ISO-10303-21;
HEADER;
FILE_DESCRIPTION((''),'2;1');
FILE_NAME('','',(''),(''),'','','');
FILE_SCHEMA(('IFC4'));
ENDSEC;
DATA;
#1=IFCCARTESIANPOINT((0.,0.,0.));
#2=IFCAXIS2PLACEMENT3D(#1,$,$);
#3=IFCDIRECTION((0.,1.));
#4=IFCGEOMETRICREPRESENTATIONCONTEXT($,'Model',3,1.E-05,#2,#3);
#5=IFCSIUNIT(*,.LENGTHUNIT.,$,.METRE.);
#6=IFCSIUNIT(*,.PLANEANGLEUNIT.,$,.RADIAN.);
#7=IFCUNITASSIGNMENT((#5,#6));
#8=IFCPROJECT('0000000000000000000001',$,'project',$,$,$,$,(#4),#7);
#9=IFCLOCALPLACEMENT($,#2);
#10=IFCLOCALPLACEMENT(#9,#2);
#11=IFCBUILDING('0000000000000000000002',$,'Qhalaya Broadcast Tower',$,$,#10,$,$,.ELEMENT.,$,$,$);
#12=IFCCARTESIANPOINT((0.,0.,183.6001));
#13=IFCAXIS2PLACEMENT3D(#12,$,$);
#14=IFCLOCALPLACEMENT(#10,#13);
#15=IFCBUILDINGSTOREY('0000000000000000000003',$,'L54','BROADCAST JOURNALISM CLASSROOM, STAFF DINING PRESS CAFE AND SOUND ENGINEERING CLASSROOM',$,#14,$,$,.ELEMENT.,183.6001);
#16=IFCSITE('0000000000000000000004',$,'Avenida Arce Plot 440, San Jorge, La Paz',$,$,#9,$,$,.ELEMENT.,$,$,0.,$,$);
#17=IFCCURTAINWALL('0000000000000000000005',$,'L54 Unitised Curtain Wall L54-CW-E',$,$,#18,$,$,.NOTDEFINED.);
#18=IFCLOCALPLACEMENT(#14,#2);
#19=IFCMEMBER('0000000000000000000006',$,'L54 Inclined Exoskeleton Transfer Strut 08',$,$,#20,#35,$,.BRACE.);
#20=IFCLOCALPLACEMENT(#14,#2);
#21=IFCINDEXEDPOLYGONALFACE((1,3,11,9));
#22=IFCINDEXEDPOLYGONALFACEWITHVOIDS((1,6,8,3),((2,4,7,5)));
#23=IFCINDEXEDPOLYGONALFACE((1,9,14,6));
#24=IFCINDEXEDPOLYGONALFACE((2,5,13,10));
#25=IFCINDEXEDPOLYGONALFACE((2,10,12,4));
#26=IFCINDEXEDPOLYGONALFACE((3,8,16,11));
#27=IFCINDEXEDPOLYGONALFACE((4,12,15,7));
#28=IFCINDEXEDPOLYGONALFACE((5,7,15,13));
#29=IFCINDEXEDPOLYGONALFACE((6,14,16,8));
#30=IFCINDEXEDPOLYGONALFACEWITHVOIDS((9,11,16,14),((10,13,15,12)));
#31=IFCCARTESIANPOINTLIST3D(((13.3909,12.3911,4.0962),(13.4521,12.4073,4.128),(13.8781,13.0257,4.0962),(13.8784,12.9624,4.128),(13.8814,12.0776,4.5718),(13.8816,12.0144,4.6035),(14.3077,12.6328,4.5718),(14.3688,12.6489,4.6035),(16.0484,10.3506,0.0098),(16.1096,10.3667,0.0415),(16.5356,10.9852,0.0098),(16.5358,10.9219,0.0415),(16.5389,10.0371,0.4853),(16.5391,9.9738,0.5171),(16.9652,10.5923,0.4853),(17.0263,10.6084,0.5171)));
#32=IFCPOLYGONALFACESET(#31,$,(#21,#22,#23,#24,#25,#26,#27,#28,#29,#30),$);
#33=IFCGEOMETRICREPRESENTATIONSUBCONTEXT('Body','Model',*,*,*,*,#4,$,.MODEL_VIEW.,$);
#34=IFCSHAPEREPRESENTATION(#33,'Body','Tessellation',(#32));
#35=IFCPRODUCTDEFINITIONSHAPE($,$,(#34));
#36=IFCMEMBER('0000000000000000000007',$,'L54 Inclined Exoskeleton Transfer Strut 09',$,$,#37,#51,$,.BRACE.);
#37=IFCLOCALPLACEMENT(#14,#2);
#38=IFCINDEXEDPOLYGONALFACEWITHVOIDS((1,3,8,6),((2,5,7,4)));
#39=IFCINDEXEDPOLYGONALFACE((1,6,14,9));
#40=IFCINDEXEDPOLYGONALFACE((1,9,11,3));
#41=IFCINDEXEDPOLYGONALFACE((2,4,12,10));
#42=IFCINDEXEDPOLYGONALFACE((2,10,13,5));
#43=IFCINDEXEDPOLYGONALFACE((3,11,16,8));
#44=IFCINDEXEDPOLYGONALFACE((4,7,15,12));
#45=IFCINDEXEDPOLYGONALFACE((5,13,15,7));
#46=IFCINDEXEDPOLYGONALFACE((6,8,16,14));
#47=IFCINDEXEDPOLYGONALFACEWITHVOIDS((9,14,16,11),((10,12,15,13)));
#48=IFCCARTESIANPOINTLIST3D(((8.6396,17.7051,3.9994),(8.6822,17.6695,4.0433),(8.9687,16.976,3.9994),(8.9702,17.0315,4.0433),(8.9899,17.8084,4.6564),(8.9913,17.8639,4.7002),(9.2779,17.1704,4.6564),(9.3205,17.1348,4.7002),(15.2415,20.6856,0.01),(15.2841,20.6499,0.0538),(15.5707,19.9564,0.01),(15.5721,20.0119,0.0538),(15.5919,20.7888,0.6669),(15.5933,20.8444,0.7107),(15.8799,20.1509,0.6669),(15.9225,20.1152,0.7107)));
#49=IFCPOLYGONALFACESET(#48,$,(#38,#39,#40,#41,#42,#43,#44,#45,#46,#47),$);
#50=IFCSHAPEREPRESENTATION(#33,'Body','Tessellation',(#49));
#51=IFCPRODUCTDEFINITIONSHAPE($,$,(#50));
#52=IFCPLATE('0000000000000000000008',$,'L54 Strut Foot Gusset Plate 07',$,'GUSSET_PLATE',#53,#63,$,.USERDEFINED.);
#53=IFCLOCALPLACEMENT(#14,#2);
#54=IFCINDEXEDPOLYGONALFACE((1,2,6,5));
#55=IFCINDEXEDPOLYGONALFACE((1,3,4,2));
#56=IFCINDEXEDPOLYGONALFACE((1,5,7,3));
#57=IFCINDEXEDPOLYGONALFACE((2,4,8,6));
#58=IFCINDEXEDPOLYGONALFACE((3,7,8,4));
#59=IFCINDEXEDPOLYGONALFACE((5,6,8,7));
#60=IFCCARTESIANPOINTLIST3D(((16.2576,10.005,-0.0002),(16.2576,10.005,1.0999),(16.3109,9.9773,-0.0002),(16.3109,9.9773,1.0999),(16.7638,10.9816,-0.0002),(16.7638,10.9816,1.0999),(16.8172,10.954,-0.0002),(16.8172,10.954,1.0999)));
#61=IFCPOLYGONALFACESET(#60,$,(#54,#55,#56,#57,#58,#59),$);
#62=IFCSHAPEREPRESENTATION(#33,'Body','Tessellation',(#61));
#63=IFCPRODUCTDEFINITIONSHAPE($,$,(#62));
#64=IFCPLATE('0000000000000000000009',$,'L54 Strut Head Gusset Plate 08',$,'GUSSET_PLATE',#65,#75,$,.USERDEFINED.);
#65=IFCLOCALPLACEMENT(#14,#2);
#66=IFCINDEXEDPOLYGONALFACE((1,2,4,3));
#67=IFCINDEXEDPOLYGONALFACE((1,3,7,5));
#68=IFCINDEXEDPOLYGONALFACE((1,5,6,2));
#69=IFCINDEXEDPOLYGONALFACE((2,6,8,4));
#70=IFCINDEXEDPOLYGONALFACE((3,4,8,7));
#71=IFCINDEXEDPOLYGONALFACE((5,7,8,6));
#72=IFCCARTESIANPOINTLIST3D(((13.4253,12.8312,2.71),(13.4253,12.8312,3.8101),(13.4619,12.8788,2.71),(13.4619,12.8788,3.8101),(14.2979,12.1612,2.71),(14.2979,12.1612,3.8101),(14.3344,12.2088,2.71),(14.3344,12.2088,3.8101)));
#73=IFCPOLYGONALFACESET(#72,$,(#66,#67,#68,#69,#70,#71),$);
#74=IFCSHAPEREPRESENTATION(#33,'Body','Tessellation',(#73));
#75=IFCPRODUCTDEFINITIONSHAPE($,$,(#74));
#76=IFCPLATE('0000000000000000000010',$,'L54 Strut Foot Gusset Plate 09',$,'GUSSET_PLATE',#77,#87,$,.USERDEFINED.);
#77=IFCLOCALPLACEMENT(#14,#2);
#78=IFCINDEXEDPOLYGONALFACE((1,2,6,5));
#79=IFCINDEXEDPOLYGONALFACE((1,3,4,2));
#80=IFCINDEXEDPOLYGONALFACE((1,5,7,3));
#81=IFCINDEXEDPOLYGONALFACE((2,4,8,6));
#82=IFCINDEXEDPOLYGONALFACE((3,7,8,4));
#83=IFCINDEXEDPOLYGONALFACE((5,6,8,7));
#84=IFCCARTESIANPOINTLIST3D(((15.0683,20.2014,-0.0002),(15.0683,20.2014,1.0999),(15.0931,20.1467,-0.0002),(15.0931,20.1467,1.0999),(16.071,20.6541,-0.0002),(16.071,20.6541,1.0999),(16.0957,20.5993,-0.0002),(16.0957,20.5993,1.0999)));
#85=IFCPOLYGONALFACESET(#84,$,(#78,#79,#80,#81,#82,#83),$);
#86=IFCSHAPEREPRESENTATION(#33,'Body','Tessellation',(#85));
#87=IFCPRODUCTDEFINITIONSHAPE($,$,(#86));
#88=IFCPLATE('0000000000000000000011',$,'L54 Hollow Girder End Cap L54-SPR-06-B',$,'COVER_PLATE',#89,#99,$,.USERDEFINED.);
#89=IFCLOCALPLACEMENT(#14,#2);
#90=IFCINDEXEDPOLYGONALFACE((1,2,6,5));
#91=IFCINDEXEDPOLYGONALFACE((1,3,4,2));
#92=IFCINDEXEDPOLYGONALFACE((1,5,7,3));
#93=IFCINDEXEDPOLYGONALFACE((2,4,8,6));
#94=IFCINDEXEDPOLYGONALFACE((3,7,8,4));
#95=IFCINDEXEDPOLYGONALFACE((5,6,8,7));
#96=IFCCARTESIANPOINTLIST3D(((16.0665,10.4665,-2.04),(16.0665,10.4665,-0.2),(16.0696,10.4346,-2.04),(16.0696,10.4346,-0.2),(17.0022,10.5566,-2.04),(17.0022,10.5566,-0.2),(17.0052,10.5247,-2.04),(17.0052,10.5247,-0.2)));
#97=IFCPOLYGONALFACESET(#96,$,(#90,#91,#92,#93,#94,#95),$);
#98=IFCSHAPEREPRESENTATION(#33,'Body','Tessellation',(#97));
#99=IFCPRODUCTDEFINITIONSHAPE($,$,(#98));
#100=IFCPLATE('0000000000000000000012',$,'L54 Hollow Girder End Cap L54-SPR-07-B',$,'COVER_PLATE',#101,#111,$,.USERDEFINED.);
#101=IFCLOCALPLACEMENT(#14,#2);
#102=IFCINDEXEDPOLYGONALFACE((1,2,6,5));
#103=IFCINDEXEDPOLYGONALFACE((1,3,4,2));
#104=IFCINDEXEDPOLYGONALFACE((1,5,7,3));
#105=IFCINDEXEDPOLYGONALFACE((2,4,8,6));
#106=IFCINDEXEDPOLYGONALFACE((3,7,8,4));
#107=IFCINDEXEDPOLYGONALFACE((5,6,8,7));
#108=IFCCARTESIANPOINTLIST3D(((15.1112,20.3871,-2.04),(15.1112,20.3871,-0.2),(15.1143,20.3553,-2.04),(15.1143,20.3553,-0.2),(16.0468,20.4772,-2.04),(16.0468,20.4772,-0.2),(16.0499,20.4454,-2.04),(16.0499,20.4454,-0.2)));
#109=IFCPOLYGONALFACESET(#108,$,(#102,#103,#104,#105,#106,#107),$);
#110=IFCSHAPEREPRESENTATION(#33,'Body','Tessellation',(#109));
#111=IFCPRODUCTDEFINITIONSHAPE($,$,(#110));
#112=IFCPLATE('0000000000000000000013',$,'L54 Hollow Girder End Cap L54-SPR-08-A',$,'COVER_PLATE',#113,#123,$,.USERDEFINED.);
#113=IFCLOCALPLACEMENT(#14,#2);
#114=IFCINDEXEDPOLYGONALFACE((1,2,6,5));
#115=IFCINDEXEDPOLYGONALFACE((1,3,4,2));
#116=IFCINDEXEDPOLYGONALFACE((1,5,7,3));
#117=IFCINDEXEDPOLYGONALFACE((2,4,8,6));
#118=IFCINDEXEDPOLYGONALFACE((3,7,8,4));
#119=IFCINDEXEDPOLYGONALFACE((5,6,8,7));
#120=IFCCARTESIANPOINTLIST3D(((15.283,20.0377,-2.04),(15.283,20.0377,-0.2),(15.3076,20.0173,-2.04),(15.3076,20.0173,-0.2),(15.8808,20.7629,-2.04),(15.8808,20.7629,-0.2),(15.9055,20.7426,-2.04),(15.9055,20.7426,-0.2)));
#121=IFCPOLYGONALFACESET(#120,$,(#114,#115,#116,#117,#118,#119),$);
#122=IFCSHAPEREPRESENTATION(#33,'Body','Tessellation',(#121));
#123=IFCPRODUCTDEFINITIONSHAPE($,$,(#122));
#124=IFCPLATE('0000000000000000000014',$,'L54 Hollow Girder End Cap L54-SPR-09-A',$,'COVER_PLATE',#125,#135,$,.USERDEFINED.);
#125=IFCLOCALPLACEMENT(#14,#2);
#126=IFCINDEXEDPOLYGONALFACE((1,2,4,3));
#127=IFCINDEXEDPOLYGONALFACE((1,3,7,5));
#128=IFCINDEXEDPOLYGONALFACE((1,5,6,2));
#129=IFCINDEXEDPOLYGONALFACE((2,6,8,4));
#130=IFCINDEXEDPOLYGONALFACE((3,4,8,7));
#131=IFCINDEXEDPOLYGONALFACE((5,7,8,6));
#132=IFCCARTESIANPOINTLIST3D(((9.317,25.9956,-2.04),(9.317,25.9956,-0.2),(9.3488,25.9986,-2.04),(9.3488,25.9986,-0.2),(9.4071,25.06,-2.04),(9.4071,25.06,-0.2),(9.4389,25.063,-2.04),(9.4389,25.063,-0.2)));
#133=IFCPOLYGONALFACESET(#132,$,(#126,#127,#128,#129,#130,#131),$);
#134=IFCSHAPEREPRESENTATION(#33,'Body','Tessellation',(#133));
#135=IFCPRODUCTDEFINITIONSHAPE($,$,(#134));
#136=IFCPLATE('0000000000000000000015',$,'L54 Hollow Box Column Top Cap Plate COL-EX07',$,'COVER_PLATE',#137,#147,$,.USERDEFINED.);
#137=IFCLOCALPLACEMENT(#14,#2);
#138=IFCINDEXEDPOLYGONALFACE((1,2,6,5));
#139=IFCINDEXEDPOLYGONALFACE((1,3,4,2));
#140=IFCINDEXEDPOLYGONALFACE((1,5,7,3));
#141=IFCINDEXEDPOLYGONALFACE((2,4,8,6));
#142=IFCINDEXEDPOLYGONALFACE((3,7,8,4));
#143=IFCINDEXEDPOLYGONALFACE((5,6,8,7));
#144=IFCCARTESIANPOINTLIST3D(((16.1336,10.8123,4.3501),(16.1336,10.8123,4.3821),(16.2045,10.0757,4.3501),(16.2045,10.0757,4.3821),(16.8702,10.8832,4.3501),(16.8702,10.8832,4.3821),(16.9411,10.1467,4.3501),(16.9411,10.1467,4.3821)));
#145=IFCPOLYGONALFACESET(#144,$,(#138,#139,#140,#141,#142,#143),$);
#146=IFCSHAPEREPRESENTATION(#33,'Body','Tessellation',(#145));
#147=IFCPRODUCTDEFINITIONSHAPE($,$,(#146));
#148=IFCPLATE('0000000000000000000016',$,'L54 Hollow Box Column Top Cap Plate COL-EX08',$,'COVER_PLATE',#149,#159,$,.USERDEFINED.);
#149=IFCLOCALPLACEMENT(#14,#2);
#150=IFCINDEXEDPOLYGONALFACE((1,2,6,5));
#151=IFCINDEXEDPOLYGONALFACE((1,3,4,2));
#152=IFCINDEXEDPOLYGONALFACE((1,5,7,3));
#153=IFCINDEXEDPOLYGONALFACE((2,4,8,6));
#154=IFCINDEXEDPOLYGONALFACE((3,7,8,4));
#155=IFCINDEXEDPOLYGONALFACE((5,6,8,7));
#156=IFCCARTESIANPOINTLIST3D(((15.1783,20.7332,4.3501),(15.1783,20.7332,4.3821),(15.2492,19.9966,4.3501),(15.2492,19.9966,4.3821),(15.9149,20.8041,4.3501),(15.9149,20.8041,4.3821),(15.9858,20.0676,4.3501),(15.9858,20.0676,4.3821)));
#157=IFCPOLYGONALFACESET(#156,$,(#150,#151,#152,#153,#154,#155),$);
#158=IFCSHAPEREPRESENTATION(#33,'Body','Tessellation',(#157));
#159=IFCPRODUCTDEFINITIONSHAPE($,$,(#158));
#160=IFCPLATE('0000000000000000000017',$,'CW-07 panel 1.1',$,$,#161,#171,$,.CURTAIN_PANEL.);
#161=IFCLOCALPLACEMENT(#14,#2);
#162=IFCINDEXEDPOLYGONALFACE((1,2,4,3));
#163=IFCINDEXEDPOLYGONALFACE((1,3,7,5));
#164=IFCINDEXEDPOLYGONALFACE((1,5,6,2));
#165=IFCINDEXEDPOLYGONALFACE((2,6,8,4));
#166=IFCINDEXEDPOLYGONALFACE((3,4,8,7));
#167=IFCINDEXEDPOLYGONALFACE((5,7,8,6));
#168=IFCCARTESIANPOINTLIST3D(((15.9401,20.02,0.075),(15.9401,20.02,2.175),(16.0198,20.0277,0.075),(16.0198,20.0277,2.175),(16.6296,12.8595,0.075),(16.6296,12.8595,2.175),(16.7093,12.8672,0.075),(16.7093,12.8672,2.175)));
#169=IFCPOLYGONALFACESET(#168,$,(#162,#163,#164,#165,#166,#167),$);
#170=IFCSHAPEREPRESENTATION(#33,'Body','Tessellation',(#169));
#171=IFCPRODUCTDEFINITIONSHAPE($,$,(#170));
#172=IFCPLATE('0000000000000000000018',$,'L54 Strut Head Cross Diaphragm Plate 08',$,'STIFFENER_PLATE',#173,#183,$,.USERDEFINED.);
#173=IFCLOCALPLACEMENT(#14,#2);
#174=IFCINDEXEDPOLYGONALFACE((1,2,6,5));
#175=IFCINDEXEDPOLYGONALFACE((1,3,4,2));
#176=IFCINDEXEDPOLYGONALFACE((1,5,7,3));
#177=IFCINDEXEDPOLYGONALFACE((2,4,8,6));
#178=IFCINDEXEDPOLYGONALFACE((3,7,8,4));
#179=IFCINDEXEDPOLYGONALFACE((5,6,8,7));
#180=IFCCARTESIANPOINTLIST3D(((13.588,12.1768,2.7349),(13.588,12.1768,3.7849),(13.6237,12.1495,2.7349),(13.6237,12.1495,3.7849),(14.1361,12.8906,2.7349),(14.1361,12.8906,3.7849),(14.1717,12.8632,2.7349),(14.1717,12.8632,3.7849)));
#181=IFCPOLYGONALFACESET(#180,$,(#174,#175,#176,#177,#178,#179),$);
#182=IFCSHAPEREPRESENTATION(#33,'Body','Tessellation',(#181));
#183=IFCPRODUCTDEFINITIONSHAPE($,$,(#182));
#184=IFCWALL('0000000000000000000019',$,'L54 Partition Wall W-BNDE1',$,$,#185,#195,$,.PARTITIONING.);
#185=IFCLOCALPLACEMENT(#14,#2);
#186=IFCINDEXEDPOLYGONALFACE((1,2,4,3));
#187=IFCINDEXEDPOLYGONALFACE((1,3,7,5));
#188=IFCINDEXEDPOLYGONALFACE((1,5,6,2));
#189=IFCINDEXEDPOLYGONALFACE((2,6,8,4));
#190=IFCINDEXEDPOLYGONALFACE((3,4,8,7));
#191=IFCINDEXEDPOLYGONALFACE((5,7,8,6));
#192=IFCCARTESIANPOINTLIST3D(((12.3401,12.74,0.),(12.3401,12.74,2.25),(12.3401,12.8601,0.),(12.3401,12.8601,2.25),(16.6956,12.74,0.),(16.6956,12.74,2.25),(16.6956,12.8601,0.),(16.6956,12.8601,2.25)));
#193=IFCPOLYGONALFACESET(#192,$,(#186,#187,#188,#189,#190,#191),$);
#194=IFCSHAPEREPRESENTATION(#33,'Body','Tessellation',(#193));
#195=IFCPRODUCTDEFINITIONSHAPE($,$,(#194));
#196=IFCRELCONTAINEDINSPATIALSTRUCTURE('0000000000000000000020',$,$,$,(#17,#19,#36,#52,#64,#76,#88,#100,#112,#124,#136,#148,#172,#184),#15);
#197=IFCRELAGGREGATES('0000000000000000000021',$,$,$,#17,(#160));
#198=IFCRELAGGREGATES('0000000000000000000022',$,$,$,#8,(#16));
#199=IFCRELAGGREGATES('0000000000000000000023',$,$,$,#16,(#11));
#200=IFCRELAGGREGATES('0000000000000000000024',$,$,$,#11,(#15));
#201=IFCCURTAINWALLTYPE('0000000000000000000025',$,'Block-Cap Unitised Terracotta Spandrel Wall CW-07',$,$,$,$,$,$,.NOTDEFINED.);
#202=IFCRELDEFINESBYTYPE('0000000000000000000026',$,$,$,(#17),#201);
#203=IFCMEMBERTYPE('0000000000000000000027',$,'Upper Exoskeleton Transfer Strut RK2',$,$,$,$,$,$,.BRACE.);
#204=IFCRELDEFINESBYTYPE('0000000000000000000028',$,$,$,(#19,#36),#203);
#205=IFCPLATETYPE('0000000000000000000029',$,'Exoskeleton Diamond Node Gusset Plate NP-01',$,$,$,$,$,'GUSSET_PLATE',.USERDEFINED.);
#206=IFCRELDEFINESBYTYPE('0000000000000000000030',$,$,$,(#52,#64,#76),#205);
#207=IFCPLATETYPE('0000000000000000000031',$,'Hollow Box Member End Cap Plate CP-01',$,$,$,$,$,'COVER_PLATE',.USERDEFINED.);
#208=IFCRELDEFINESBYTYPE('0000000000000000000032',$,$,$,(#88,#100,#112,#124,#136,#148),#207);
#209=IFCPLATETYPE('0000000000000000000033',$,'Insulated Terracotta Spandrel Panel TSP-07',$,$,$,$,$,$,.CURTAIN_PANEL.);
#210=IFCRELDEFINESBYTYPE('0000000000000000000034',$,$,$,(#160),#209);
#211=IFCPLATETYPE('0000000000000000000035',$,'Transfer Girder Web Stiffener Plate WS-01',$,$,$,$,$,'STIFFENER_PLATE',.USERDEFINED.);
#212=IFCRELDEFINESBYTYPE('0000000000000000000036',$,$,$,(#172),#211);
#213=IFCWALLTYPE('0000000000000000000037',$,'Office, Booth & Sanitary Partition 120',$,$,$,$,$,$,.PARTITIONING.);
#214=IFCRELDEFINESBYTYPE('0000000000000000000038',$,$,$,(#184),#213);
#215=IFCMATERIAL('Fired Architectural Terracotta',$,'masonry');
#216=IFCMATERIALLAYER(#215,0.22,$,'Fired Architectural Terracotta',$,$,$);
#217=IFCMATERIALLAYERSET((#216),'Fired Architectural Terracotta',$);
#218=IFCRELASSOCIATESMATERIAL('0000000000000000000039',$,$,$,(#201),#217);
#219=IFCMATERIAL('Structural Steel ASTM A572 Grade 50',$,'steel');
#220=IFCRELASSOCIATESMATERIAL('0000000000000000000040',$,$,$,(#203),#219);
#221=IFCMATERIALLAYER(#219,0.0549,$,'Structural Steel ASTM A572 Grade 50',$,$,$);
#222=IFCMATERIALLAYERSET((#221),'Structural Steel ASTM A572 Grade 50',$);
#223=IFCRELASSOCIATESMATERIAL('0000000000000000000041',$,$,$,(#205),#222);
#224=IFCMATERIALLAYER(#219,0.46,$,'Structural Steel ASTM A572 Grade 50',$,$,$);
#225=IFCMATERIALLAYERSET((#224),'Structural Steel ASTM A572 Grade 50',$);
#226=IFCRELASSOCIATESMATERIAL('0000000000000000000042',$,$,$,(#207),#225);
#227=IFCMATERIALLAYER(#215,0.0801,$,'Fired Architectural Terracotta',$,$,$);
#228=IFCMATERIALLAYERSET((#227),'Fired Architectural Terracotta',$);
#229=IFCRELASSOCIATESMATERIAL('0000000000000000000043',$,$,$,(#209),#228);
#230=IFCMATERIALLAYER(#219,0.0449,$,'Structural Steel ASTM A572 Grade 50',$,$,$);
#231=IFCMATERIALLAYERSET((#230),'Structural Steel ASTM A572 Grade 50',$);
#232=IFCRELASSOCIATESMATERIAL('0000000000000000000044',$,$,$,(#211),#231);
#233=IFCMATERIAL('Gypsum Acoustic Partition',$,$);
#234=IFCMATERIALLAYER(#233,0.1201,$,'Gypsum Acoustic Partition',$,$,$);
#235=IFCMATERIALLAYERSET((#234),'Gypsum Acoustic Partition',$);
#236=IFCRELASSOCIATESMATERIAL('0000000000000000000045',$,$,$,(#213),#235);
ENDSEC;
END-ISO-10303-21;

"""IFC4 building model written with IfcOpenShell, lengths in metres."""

from ifc_helpers import new_model, si_unit, direction, frame, frame_2d, origin, origin_2d, place, context, subcontext, project, spatial, rectangle, hollow_rectangle, extrude, material, layer, layer_set, material_profile, profile_set, type_object, element, aggregate, save


model = new_model("IFC4")

# Units and contexts
model_context = context("Model", 3, precision=1e-05, world=origin(), true_north=direction((0.0, 1.0)))
body_context = subcontext(model_context, "Body", "Model", "MODEL_VIEW")
ifc_project = project(units=[si_unit("LENGTHUNIT", "METRE"), si_unit("PLANEANGLEUNIT", "RADIAN")], contexts=[model_context])

# Site, building, storey
site_placement = place(None, origin())
site = spatial("IfcSite", under=ifc_project, at=site_placement, Name="Avenida Arce Plot 440, San Jorge, La Paz", CompositionType="ELEMENT", RefElevation=0.0)
building_placement = place(site_placement, origin())
building = spatial("IfcBuilding", under=site, at=building_placement, Name="Qhalaya Broadcast Tower", CompositionType="ELEMENT")
storey_placement = place(building_placement, frame((0.0, 0.0, 183.6001)))
storey = spatial("IfcBuildingStorey", under=building, at=storey_placement, Name="L54", Description="BROADCAST JOURNALISM CLASSROOM, STAFF DINING PRESS CAFE AND SOUND ENGINEERING CLASSROOM", CompositionType="ELEMENT", Elevation=183.6001)

# Shared definitions
ifc_material_1 = material(Name="Structural Steel ASTM A572 Grade 50", Category="steel")

# Curtain wall
ifc_material_2 = material(Name="Fired Architectural Terracotta", Category="masonry")
ifc_layer_1 = layer(ifc_material_2, 0.22, Name="Fired Architectural Terracotta")
ifc_layer_set_1 = layer_set([ifc_layer_1], Name="Fired Architectural Terracotta")
curtain_wall_type = type_object("IfcCurtainWallType", Name="Block-Cap Unitised Terracotta Spandrel Wall CW-07", PredefinedType="NOTDEFINED", material=ifc_layer_set_1)
curtain_wall_placement = place(storey_placement, origin())
curtain_wall = element("IfcCurtainWall", 1, at=curtain_wall_placement, inside=storey, type_object=curtain_wall_type, Name="L54 Unitised Curtain Wall L54-CW-E", PredefinedType="NOTDEFINED")

# Members
ifc_material_profile_1 = material_profile(ifc_material_1, hollow_rectangle(XDim=0.8, YDim=0.8, WallThickness=0.05, at=origin_2d()), Name="BOX 800x800x50")
ifc_profile_set_1 = profile_set([ifc_material_profile_1], Name="Structural Steel ASTM A572 Grade 50")
member_type_1 = type_object("IfcMemberType", Name="Upper Exoskeleton Transfer Strut RK2", PredefinedType="BRACE", material=ifc_profile_set_1)
member_1_placement = place(storey_placement, frame((16.5374, 10.4795, 0.2634), z_axis=(-0.502891, 0.386142, 0.773301), x_axis=(-0.60902, -0.793155, 0.0)))
element("IfcMember", 2, at=member_1_placement, inside=storey, type_object=member_type_1, Name="L54 Inclined Exoskeleton Transfer Strut 08", PredefinedType="BRACE", context=body_context, shape_type="SweptSolid", body=[
    extrude(hollow_rectangle(XDim=0.8, YDim=0.8, WallThickness=0.05, at=origin_2d()), origin(), (0.0, 0.0, 1.0), 5.2844),
])
member_2_placement = place(storey_placement, frame((15.582, 20.4004, 0.3604), z_axis=(-0.798351, -0.360412, 0.482429), x_axis=(0.41146, -0.911428, 0.0)))
element("IfcMember", 3, at=member_2_placement, inside=storey, type_object=member_type_1, Name="L54 Inclined Exoskeleton Transfer Strut 09", PredefinedType="BRACE", context=body_context, shape_type="SweptSolid", body=[
    extrude(hollow_rectangle(XDim=0.8, YDim=0.8, WallThickness=0.05, at=origin_2d()), origin(), (0.0, 0.0, 1.0), 8.2695),
])

# Plates
ifc_layer_2 = layer(ifc_material_1, 0.0549, Name="Structural Steel ASTM A572 Grade 50")
ifc_layer_set_2 = layer_set([ifc_layer_2], Name="Structural Steel ASTM A572 Grade 50")
plate_type_1 = type_object("IfcPlateType", Name="Exoskeleton Diamond Node Gusset Plate NP-01", ElementType="GUSSET_PLATE", PredefinedType="USERDEFINED", material=ifc_layer_set_2)
for number, where, z_axis, x_axis, name in (
    (4, (16.5374, 10.4795, -0.0002), (0.0, 0.0, 1.0), (-0.460215, -0.887807, 0.0), "L54 Strut Foot Gusset Plate 07"),
    (5, (13.8799, 12.52, 2.71), (0.0, 0.0, 1.0), (-0.793151, 0.609024, 0.0), "L54 Strut Head Gusset Plate 08"),
    (6, (15.582, 20.4004, -0.0002), (0.0, 0.0, 1.0), (-0.911432, -0.411451, 0.0), "L54 Strut Foot Gusset Plate 09"),
):
    element("IfcPlate", number, at=place(storey_placement, frame(where, z_axis=z_axis, x_axis=x_axis)), inside=storey, type_object=plate_type_1, Name=name, ObjectType="GUSSET_PLATE", PredefinedType="USERDEFINED", context=body_context, shape_type="SweptSolid", body=[
        extrude(rectangle(XDim=1.1001, YDim=0.0601, at=origin_2d()), origin(), (0.0, 0.0, 1.0), 1.1001),
    ])
ifc_layer_3 = layer(ifc_material_1, 0.46, Name="Structural Steel ASTM A572 Grade 50")
ifc_layer_set_3 = layer_set([ifc_layer_3], Name="Structural Steel ASTM A572 Grade 50")
plate_type_2 = type_object("IfcPlateType", Name="Hollow Box Member End Cap Plate CP-01", ElementType="COVER_PLATE", PredefinedType="USERDEFINED", material=ifc_layer_set_3)
for number, where, z_axis, x_axis, name in (
    (7, (16.5359, 10.4956, -2.04), (0.0, 0.0, 1.0), (-0.995396, -0.095846, 0.0), "L54 Hollow Girder End Cap L54-SPR-06-B"),
    (8, (15.5806, 20.4163, -2.04), (0.0, 0.0, 1.0), (-0.995396, -0.095846, 0.0), "L54 Hollow Girder End Cap L54-SPR-07-B"),
    (9, (15.5942, 20.3901, -2.04), (0.0, 0.0, 1.0), (-0.636078, -0.771625, 0.0), "L54 Hollow Girder End Cap L54-SPR-08-A"),
    (10, (9.3779, 25.5293, -2.04), (0.0, 0.0, 1.0), (0.095846, -0.995396, 0.0), "L54 Hollow Girder End Cap L54-SPR-09-A"),
):
    element("IfcPlate", number, at=place(storey_placement, frame(where, z_axis=z_axis, x_axis=x_axis)), inside=storey, type_object=plate_type_2, Name=name, ObjectType="COVER_PLATE", PredefinedType="USERDEFINED", context=body_context, shape_type="SweptSolid", body=[
        extrude(rectangle(XDim=0.9399, YDim=0.032, at=origin_2d()), origin(), (0.0, 0.0, 1.0), 1.8401),
    ])
for number, where, z_axis, x_axis, name in (
    (11, (16.5374, 10.4795, 4.3501), (0.0, 0.0, 1.0), (-0.095846, 0.995396, 0.0), "L54 Hollow Box Column Top Cap Plate COL-EX07"),
    (12, (15.582, 20.4004, 4.3501), (0.0, 0.0, 1.0), (-0.095846, 0.995396, 0.0), "L54 Hollow Box Column Top Cap Plate COL-EX08"),
):
    element("IfcPlate", number, at=place(storey_placement, frame(where, z_axis=z_axis, x_axis=x_axis)), inside=storey, type_object=plate_type_2, Name=name, ObjectType="COVER_PLATE", PredefinedType="USERDEFINED", context=body_context, shape_type="SweptSolid", body=[
        extrude(rectangle(XDim=0.74, YDim=0.74, at=origin_2d()), origin(), (0.0, 0.0, 1.0), 0.032),
    ])

# Plates
ifc_layer_4 = layer(ifc_material_2, 0.0801, Name="Fired Architectural Terracotta")
ifc_layer_set_4 = layer_set([ifc_layer_4], Name="Fired Architectural Terracotta")
plate_type_3 = type_object("IfcPlateType", Name="Insulated Terracotta Spandrel Panel TSP-07", PredefinedType="CURTAIN_PANEL", material=ifc_layer_set_4)
plate_1_placement = place(storey_placement, frame((16.3247, 16.4436, 0.075), z_axis=(0.0, 0.0, 1.0), x_axis=(0.095846, -0.995396, 0.0)))
plate_1 = element("IfcPlate", 13, at=plate_1_placement, type_object=plate_type_3, Name="CW-07 panel 1.1", PredefinedType="CURTAIN_PANEL", context=body_context, shape_type="SweptSolid", body=[
    extrude(rectangle(XDim=7.1936, YDim=0.0801, at=origin_2d()), origin(), (0.0, 0.0, 1.0), 2.1001),
])
aggregate(curtain_wall, [plate_1])
ifc_layer_5 = layer(ifc_material_1, 0.0449, Name="Structural Steel ASTM A572 Grade 50")
ifc_layer_set_5 = layer_set([ifc_layer_5], Name="Structural Steel ASTM A572 Grade 50")
plate_type_4 = type_object("IfcPlateType", Name="Transfer Girder Web Stiffener Plate WS-01", ElementType="STIFFENER_PLATE", PredefinedType="USERDEFINED", material=ifc_layer_set_5)
plate_2_placement = place(storey_placement, frame((13.8799, 12.52, 2.7349), z_axis=(0.0, 0.0, 1.0), x_axis=(-0.609024, -0.793151, 0.0)))
element("IfcPlate", 14, at=plate_2_placement, inside=storey, type_object=plate_type_4, Name="L54 Strut Head Cross Diaphragm Plate 08", ObjectType="STIFFENER_PLATE", PredefinedType="USERDEFINED", context=body_context, shape_type="SweptSolid", body=[
    extrude(rectangle(XDim=0.8999, YDim=0.0449, at=origin_2d()), origin(), (0.0, 0.0, 1.0), 1.05),
])

# Wall
ifc_material_3 = material(Name="Gypsum Acoustic Partition")
ifc_layer_6 = layer(ifc_material_3, 0.1201, Name="Gypsum Acoustic Partition")
ifc_layer_set_6 = layer_set([ifc_layer_6], Name="Gypsum Acoustic Partition")
wall_type = type_object("IfcWallType", Name="Office, Booth & Sanitary Partition 120", PredefinedType="PARTITIONING", material=ifc_layer_set_6)
wall_placement = place(storey_placement, frame((12.3401, 12.8, 0.0), z_axis=(0.0, 0.0, 1.0), x_axis=(1.0, 0.0, 0.0)))
element("IfcWall", 15, at=wall_placement, inside=storey, type_object=wall_type, Name="L54 Partition Wall W-BNDE1", PredefinedType="PARTITIONING", context=body_context, shape_type="SweptSolid", body=[
    extrude(rectangle(XDim=4.3555, YDim=0.1201, at=frame_2d((2.1777, 0.0))), origin(), (0.0, 0.0, 1.0), 2.25),
])

save(model, "model.ifc")
